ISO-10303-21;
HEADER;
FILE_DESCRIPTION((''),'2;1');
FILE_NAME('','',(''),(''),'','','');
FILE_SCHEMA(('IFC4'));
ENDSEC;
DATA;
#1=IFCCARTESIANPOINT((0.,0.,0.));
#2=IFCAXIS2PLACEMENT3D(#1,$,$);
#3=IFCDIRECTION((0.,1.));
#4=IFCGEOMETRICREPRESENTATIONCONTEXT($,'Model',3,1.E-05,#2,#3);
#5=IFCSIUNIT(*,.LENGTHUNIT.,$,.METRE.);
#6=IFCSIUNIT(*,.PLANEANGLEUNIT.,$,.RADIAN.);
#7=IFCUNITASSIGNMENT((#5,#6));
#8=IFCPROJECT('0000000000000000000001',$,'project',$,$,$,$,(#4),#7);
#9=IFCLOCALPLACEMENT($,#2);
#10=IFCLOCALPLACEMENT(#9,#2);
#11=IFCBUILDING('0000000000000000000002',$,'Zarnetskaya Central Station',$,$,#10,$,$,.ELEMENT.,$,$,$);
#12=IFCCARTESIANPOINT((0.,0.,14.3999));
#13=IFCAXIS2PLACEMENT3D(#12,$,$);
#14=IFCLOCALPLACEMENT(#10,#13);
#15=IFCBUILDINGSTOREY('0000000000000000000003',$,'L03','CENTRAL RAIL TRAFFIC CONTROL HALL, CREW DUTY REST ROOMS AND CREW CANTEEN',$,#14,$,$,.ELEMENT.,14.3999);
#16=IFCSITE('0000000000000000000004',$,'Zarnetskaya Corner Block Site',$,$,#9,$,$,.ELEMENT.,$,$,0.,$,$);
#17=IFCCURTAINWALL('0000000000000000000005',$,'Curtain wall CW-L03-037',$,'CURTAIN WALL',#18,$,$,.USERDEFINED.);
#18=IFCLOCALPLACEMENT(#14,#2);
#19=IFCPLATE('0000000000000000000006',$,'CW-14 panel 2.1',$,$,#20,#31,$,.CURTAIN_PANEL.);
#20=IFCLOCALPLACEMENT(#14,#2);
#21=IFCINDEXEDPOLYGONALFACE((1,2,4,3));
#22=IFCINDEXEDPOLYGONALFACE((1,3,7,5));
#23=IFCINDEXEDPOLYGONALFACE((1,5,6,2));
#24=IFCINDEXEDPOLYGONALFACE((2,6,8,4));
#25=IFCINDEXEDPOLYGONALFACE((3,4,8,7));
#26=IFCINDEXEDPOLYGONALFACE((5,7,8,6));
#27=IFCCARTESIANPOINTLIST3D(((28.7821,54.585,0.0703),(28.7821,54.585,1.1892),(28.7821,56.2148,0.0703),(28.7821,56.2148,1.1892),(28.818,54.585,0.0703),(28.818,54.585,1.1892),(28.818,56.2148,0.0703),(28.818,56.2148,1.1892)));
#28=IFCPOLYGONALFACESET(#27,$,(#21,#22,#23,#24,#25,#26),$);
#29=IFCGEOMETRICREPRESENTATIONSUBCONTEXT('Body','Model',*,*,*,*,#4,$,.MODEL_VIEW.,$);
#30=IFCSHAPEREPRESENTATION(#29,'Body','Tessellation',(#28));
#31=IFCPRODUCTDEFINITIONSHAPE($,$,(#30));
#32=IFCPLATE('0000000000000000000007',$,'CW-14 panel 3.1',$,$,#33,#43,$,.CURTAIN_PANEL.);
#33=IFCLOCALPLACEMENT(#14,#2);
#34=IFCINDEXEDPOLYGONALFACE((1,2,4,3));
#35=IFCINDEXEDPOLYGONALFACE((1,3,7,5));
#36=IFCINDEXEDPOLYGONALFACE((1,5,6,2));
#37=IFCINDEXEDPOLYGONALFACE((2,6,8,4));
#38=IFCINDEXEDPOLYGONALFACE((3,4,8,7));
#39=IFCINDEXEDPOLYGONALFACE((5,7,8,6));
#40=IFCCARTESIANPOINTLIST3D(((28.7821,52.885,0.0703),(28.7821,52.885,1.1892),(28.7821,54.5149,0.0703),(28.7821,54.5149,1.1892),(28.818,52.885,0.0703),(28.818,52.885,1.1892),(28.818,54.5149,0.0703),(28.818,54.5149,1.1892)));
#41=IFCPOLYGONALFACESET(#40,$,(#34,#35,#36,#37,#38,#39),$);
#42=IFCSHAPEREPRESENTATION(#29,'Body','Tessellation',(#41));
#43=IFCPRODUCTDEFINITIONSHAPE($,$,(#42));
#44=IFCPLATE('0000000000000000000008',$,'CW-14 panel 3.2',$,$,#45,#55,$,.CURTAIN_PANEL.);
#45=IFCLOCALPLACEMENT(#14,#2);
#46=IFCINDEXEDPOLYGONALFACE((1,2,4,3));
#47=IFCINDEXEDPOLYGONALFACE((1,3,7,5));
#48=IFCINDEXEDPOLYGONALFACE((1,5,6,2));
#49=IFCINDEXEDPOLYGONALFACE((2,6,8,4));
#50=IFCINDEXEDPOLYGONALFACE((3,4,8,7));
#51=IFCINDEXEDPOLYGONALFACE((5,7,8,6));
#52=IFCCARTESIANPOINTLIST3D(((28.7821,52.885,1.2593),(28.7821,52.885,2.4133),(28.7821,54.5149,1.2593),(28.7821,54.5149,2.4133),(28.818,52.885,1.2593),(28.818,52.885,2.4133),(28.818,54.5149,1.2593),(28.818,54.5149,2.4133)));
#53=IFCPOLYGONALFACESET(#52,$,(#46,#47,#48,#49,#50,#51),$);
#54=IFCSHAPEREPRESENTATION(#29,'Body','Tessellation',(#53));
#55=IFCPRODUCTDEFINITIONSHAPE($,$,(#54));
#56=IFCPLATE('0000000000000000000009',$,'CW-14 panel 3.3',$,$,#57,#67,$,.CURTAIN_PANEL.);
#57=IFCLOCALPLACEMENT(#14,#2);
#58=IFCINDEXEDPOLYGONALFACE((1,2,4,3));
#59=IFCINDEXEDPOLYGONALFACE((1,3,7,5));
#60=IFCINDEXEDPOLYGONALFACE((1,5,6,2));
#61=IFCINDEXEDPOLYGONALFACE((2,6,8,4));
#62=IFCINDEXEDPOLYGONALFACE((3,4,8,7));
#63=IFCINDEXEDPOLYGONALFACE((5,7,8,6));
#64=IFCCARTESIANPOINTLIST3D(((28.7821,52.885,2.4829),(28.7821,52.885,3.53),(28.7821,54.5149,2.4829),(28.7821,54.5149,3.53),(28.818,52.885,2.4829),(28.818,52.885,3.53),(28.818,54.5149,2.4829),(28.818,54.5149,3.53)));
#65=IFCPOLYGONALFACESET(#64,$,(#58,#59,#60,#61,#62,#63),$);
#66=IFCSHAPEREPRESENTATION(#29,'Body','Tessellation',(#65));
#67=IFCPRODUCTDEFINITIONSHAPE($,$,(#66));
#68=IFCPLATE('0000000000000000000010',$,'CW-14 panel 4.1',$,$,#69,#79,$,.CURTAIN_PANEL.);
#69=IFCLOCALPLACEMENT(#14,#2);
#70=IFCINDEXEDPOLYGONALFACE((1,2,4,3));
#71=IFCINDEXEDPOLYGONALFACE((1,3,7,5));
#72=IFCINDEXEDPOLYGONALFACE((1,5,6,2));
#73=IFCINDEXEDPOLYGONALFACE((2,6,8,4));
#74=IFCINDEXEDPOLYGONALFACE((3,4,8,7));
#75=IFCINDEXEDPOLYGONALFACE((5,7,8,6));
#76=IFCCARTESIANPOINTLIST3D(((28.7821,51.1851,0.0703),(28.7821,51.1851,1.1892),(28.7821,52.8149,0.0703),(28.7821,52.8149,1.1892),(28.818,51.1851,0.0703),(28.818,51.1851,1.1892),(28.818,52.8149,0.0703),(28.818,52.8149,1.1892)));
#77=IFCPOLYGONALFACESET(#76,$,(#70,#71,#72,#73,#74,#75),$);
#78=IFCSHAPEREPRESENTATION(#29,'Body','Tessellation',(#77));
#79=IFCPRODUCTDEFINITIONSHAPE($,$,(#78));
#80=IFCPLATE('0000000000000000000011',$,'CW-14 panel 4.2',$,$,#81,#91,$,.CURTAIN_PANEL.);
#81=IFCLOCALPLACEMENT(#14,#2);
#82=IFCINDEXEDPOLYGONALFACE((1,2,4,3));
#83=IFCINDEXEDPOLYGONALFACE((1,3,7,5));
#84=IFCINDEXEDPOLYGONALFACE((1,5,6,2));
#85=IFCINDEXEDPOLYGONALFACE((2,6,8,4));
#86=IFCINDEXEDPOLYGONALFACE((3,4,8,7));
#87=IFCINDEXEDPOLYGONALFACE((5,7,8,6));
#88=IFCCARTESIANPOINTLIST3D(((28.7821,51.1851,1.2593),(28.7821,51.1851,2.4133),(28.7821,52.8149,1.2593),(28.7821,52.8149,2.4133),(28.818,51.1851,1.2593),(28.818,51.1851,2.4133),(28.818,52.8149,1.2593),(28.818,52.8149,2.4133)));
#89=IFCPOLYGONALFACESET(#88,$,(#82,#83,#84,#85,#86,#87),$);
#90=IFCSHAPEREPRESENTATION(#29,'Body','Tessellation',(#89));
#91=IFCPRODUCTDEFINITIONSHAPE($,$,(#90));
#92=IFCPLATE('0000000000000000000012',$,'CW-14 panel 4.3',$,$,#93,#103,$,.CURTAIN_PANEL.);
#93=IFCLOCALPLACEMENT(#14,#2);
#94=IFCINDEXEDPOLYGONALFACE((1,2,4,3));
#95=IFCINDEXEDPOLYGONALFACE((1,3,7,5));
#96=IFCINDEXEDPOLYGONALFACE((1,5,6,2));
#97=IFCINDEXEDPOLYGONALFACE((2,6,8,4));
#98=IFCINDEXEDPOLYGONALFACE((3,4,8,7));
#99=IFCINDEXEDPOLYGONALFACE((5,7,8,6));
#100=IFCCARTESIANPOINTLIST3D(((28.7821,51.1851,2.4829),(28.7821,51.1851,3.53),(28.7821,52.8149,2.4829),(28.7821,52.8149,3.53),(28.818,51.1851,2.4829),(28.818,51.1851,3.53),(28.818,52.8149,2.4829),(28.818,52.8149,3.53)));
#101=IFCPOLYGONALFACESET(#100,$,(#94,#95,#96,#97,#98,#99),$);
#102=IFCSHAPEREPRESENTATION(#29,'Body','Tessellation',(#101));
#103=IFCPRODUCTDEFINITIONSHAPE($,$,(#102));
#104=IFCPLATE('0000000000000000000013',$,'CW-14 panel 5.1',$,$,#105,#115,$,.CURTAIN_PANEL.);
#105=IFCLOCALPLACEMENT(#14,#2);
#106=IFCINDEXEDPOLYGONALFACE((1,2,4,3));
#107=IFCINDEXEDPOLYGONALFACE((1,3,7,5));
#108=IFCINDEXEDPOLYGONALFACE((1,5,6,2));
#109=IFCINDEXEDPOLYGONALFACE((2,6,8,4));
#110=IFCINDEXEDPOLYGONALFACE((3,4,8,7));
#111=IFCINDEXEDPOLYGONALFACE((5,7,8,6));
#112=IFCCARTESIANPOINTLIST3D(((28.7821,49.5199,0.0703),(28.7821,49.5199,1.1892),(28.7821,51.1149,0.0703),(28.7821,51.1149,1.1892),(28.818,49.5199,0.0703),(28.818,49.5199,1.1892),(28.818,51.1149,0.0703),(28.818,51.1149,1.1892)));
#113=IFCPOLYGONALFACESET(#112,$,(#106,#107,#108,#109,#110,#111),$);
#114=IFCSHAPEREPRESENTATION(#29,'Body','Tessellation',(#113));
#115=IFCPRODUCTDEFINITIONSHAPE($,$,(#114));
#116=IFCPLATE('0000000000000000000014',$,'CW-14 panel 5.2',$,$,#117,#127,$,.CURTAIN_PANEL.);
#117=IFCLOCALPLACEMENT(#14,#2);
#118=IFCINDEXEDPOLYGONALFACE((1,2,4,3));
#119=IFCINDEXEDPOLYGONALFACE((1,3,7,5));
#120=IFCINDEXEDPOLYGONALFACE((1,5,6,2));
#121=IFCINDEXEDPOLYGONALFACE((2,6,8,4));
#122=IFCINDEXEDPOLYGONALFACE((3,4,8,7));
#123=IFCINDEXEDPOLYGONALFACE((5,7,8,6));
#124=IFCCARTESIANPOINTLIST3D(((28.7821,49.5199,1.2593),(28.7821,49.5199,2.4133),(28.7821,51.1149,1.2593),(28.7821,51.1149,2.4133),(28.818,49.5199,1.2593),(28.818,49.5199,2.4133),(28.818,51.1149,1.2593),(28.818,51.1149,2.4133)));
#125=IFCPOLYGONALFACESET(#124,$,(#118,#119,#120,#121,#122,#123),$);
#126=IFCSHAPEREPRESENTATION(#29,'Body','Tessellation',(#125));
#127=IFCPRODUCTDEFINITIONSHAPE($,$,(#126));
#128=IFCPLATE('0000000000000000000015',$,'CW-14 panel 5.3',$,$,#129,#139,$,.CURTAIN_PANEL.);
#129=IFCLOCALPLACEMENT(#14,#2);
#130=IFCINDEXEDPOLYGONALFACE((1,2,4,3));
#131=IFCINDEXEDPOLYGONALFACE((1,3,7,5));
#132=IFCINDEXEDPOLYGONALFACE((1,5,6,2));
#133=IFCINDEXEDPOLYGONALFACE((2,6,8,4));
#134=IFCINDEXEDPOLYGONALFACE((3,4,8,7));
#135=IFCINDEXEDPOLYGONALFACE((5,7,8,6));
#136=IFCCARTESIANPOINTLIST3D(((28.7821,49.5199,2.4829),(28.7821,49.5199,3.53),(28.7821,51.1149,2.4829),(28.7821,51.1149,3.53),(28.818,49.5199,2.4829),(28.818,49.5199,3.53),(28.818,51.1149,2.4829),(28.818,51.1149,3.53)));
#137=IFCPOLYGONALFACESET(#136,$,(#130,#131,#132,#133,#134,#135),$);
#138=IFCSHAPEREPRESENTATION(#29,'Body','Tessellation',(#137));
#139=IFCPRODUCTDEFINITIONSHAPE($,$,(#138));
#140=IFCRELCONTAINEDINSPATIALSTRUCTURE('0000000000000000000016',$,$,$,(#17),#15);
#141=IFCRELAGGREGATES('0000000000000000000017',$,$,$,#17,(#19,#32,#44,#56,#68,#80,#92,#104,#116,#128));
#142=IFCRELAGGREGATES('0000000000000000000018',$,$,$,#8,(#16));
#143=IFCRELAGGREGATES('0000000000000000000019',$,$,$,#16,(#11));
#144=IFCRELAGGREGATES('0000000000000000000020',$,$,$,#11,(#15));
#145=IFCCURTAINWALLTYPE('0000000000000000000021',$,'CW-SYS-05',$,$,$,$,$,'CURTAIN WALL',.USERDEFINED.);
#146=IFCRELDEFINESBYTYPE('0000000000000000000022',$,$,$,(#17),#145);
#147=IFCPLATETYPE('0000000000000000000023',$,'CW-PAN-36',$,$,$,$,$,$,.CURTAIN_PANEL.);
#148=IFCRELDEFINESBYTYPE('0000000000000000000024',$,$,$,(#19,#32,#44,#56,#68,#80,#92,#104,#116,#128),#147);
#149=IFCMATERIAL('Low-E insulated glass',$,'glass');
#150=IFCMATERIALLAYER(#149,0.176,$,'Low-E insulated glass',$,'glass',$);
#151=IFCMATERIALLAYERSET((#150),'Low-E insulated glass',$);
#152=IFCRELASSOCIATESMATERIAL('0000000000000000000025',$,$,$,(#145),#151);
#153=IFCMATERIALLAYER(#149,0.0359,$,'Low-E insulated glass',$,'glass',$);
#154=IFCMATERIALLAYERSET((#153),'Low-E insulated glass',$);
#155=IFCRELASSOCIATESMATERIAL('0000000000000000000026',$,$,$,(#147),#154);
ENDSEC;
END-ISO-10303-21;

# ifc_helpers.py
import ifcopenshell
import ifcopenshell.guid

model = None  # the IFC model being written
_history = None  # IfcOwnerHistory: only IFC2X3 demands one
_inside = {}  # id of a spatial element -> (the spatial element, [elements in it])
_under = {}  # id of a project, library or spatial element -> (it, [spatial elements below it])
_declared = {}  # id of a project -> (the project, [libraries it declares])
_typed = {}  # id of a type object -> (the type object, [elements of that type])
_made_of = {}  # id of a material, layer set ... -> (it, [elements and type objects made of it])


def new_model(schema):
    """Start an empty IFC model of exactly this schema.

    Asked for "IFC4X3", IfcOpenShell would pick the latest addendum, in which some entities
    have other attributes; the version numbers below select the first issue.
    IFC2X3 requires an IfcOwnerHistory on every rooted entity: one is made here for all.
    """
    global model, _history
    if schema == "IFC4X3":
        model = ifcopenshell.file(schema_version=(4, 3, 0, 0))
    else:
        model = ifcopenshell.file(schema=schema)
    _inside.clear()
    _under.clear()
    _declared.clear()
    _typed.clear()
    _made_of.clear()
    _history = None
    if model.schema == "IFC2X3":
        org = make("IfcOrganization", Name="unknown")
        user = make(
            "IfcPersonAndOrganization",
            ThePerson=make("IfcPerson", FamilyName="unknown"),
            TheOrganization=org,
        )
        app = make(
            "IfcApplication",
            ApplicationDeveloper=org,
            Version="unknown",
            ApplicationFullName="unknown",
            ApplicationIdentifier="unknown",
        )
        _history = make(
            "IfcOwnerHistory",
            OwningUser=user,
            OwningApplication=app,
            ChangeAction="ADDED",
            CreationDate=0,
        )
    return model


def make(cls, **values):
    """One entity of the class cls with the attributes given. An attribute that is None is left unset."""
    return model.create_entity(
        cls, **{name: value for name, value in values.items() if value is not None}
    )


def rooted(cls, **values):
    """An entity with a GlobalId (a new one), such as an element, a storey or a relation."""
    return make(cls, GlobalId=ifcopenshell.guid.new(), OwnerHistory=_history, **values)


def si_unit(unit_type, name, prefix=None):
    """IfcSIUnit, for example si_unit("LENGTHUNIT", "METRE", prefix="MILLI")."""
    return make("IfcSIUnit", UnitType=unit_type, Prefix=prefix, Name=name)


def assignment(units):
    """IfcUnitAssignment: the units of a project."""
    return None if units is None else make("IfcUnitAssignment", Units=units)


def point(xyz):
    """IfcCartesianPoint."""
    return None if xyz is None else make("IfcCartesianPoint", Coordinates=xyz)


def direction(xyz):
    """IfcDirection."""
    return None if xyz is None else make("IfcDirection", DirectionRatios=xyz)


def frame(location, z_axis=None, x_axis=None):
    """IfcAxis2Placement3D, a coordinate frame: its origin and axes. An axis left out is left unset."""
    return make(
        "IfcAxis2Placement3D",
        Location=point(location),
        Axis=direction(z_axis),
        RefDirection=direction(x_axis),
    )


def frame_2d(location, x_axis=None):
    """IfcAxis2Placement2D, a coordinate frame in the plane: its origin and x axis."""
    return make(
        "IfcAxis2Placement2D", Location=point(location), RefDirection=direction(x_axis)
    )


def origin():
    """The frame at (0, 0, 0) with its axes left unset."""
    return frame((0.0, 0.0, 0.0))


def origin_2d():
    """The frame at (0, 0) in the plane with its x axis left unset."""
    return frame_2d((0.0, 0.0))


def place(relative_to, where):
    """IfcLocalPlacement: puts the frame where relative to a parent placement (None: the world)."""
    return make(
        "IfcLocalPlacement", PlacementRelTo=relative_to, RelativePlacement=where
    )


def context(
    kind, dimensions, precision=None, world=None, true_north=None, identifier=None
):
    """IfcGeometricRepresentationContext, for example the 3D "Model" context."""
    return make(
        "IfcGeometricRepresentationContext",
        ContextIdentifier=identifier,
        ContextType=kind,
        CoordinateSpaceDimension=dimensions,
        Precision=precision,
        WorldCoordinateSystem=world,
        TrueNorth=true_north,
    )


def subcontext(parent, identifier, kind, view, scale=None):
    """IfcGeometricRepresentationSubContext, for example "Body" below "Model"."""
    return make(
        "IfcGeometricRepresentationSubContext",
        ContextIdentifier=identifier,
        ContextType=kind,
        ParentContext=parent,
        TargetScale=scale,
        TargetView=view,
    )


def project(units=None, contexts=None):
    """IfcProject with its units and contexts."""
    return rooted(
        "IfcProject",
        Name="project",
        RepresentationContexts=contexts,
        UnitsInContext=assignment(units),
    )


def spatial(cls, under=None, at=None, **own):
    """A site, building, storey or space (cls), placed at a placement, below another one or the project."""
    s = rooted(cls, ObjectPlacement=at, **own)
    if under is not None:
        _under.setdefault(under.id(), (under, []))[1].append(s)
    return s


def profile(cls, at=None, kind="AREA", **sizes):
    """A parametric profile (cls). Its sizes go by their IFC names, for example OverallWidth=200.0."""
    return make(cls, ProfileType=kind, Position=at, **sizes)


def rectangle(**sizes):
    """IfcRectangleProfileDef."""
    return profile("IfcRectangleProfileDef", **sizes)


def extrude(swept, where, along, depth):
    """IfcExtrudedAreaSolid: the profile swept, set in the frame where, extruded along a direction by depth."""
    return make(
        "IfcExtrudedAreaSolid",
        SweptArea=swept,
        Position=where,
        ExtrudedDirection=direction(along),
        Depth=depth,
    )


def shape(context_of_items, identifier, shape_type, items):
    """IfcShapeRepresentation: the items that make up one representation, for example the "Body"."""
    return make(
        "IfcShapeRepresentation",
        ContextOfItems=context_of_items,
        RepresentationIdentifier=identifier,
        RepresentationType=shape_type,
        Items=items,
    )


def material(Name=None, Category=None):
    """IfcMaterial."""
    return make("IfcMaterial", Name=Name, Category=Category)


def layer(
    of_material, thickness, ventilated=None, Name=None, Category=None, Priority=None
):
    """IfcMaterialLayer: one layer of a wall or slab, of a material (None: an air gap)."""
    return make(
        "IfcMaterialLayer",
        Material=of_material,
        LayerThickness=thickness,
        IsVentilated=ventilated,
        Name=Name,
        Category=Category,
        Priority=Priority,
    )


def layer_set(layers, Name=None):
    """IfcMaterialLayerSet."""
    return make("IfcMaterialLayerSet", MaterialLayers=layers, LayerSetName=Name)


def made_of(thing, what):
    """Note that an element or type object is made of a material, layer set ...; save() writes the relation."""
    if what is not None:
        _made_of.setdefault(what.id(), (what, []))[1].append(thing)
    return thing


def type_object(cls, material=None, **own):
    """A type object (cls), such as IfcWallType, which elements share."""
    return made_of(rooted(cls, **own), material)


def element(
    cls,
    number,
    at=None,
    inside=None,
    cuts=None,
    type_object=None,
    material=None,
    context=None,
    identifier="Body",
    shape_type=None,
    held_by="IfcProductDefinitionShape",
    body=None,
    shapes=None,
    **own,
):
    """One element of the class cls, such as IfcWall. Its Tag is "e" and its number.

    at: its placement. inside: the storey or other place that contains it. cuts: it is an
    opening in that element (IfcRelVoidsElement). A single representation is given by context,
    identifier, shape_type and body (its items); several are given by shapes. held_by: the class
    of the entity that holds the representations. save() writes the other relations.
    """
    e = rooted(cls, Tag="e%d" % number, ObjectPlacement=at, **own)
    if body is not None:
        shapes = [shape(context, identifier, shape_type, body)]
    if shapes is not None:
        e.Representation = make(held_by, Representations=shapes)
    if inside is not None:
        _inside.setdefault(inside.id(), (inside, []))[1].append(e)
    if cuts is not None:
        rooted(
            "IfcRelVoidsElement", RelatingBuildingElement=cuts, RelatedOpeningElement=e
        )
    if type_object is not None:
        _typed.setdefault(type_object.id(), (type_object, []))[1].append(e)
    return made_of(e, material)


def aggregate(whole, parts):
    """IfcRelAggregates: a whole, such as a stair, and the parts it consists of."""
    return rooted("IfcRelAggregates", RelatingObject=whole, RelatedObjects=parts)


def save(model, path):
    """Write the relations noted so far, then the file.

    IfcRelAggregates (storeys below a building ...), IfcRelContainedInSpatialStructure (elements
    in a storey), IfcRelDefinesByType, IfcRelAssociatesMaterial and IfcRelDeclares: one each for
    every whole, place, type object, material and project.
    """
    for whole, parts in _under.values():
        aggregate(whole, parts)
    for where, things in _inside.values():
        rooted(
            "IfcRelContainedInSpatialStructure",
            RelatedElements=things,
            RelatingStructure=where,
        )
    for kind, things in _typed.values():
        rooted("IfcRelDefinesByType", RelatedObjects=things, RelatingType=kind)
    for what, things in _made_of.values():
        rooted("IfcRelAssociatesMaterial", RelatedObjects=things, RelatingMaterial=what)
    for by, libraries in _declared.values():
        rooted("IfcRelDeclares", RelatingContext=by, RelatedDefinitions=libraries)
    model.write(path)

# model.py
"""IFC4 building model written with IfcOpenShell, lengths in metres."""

from ifc_helpers import new_model, si_unit, direction, frame, origin, origin_2d, place, context, subcontext, project, spatial, rectangle, extrude, material, layer, layer_set, type_object, element, aggregate, save


model = new_model("IFC4")

# Units and contexts
model_context = context("Model", 3, precision=1e-05, world=origin(), true_north=direction((0.0, 1.0)))
body_context = subcontext(model_context, "Body", "Model", "MODEL_VIEW")
ifc_project = project(units=[si_unit("LENGTHUNIT", "METRE"), si_unit("PLANEANGLEUNIT", "RADIAN")], contexts=[model_context])

# Site, building, storey
site_placement = place(None, origin())
site = spatial("IfcSite", under=ifc_project, at=site_placement, Name="Zarnetskaya Corner Block Site", CompositionType="ELEMENT", RefElevation=0.0)
building_placement = place(site_placement, origin())
building = spatial("IfcBuilding", under=site, at=building_placement, Name="Zarnetskaya Central Station", CompositionType="ELEMENT")
storey_placement = place(building_placement, frame((0.0, 0.0, 14.3999)))
storey = spatial("IfcBuildingStorey", under=building, at=storey_placement, Name="L03", Description="CENTRAL RAIL TRAFFIC CONTROL HALL, CREW DUTY REST ROOMS AND CREW CANTEEN", CompositionType="ELEMENT", Elevation=14.3999)

# Curtain wall, plates
ifc_material_1 = material(Name="Low-E insulated glass", Category="glass")
ifc_layer_1 = layer(ifc_material_1, 0.176, Name="Low-E insulated glass", Category="glass")
ifc_layer_set_1 = layer_set([ifc_layer_1], Name="Low-E insulated glass")
curtain_wall_type = type_object("IfcCurtainWallType", Name="CW-SYS-05", ElementType="CURTAIN WALL", PredefinedType="USERDEFINED", material=ifc_layer_set_1)
curtain_wall_placement = place(storey_placement, origin())
curtain_wall = element("IfcCurtainWall", 1, at=curtain_wall_placement, inside=storey, type_object=curtain_wall_type, Name="Curtain wall CW-L03-037", ObjectType="CURTAIN WALL", PredefinedType="USERDEFINED")
ifc_layer_2 = layer(ifc_material_1, 0.0359, Name="Low-E insulated glass", Category="glass")
ifc_layer_set_2 = layer_set([ifc_layer_2], Name="Low-E insulated glass")
plate_type = type_object("IfcPlateType", Name="CW-PAN-36", PredefinedType="CURTAIN_PANEL", material=ifc_layer_set_2)
plate_1_placement = place(storey_placement, frame((28.8, 55.3999, 0.0703), z_axis=(0.0, 0.0, 1.0), x_axis=(0.0, -1.0, 0.0)))
plate_1 = element("IfcPlate", 2, at=plate_1_placement, type_object=plate_type, Name="CW-14 panel 2.1", PredefinedType="CURTAIN_PANEL", context=body_context, shape_type="SweptSolid", body=[
    extrude(rectangle(XDim=1.6299, YDim=0.0359, at=origin_2d()), origin(), (0.0, 0.0, 1.0), 1.1189),
])
plate_2_placement = place(storey_placement, frame((28.8, 53.7, 0.0703), z_axis=(0.0, 0.0, 1.0), x_axis=(0.0, -1.0, 0.0)))
plate_2 = element("IfcPlate", 3, at=plate_2_placement, type_object=plate_type, Name="CW-14 panel 3.1", PredefinedType="CURTAIN_PANEL", context=body_context, shape_type="SweptSolid", body=[
    extrude(rectangle(XDim=1.6299, YDim=0.0359, at=origin_2d()), origin(), (0.0, 0.0, 1.0), 1.1189),
])
plate_3_placement = place(storey_placement, frame((28.8, 53.7, 1.2593), z_axis=(0.0, 0.0, 1.0), x_axis=(0.0, -1.0, 0.0)))
plate_3 = element("IfcPlate", 4, at=plate_3_placement, type_object=plate_type, Name="CW-14 panel 3.2", PredefinedType="CURTAIN_PANEL", context=body_context, shape_type="SweptSolid", body=[
    extrude(rectangle(XDim=1.6299, YDim=0.0359, at=origin_2d()), origin(), (0.0, 0.0, 1.0), 1.1541),
])
plate_4_placement = place(storey_placement, frame((28.8, 53.7, 2.4829), z_axis=(0.0, 0.0, 1.0), x_axis=(0.0, -1.0, 0.0)))
plate_4 = element("IfcPlate", 5, at=plate_4_placement, type_object=plate_type, Name="CW-14 panel 3.3", PredefinedType="CURTAIN_PANEL", context=body_context, shape_type="SweptSolid", body=[
    extrude(rectangle(XDim=1.6299, YDim=0.0359, at=origin_2d()), origin(), (0.0, 0.0, 1.0), 1.0471),
])
plate_5_placement = place(storey_placement, frame((28.8, 52.0, 0.0703), z_axis=(0.0, 0.0, 1.0), x_axis=(0.0, -1.0, 0.0)))
plate_5 = element("IfcPlate", 6, at=plate_5_placement, type_object=plate_type, Name="CW-14 panel 4.1", PredefinedType="CURTAIN_PANEL", context=body_context, shape_type="SweptSolid", body=[
    extrude(rectangle(XDim=1.6299, YDim=0.0359, at=origin_2d()), origin(), (0.0, 0.0, 1.0), 1.1189),
])
plate_6_placement = place(storey_placement, frame((28.8, 52.0, 1.2593), z_axis=(0.0, 0.0, 1.0), x_axis=(0.0, -1.0, 0.0)))
plate_6 = element("IfcPlate", 7, at=plate_6_placement, type_object=plate_type, Name="CW-14 panel 4.2", PredefinedType="CURTAIN_PANEL", context=body_context, shape_type="SweptSolid", body=[
    extrude(rectangle(XDim=1.6299, YDim=0.0359, at=origin_2d()), origin(), (0.0, 0.0, 1.0), 1.1541),
])
plate_7_placement = place(storey_placement, frame((28.8, 52.0, 2.4829), z_axis=(0.0, 0.0, 1.0), x_axis=(0.0, -1.0, 0.0)))
plate_7 = element("IfcPlate", 8, at=plate_7_placement, type_object=plate_type, Name="CW-14 panel 4.3", PredefinedType="CURTAIN_PANEL", context=body_context, shape_type="SweptSolid", body=[
    extrude(rectangle(XDim=1.6299, YDim=0.0359, at=origin_2d()), origin(), (0.0, 0.0, 1.0), 1.0471),
])
plate_8_placement = place(storey_placement, frame((28.8, 50.3174, 0.0703), z_axis=(0.0, 0.0, 1.0), x_axis=(0.0, -1.0, 0.0)))
plate_8 = element("IfcPlate", 9, at=plate_8_placement, type_object=plate_type, Name="CW-14 panel 5.1", PredefinedType="CURTAIN_PANEL", context=body_context, shape_type="SweptSolid", body=[
    extrude(rectangle(XDim=1.595, YDim=0.0359, at=origin_2d()), origin(), (0.0, 0.0, 1.0), 1.1189),
])
plate_9_placement = place(storey_placement, frame((28.8, 50.3174, 1.2593), z_axis=(0.0, 0.0, 1.0), x_axis=(0.0, -1.0, 0.0)))
plate_9 = element("IfcPlate", 10, at=plate_9_placement, type_object=plate_type, Name="CW-14 panel 5.2", PredefinedType="CURTAIN_PANEL", context=body_context, shape_type="SweptSolid", body=[
    extrude(rectangle(XDim=1.595, YDim=0.0359, at=origin_2d()), origin(), (0.0, 0.0, 1.0), 1.1541),
])
plate_10_placement = place(storey_placement, frame((28.8, 50.3174, 2.4829), z_axis=(0.0, 0.0, 1.0), x_axis=(0.0, -1.0, 0.0)))
plate_10 = element("IfcPlate", 11, at=plate_10_placement, type_object=plate_type, Name="CW-14 panel 5.3", PredefinedType="CURTAIN_PANEL", context=body_context, shape_type="SweptSolid", body=[
    extrude(rectangle(XDim=1.595, YDim=0.0359, at=origin_2d()), origin(), (0.0, 0.0, 1.0), 1.0471),
])
aggregate(curtain_wall, [plate_1, plate_2, plate_3, plate_4, plate_5, plate_6, plate_7, plate_8, plate_9, plate_10])

save(model, "model.ifc")
